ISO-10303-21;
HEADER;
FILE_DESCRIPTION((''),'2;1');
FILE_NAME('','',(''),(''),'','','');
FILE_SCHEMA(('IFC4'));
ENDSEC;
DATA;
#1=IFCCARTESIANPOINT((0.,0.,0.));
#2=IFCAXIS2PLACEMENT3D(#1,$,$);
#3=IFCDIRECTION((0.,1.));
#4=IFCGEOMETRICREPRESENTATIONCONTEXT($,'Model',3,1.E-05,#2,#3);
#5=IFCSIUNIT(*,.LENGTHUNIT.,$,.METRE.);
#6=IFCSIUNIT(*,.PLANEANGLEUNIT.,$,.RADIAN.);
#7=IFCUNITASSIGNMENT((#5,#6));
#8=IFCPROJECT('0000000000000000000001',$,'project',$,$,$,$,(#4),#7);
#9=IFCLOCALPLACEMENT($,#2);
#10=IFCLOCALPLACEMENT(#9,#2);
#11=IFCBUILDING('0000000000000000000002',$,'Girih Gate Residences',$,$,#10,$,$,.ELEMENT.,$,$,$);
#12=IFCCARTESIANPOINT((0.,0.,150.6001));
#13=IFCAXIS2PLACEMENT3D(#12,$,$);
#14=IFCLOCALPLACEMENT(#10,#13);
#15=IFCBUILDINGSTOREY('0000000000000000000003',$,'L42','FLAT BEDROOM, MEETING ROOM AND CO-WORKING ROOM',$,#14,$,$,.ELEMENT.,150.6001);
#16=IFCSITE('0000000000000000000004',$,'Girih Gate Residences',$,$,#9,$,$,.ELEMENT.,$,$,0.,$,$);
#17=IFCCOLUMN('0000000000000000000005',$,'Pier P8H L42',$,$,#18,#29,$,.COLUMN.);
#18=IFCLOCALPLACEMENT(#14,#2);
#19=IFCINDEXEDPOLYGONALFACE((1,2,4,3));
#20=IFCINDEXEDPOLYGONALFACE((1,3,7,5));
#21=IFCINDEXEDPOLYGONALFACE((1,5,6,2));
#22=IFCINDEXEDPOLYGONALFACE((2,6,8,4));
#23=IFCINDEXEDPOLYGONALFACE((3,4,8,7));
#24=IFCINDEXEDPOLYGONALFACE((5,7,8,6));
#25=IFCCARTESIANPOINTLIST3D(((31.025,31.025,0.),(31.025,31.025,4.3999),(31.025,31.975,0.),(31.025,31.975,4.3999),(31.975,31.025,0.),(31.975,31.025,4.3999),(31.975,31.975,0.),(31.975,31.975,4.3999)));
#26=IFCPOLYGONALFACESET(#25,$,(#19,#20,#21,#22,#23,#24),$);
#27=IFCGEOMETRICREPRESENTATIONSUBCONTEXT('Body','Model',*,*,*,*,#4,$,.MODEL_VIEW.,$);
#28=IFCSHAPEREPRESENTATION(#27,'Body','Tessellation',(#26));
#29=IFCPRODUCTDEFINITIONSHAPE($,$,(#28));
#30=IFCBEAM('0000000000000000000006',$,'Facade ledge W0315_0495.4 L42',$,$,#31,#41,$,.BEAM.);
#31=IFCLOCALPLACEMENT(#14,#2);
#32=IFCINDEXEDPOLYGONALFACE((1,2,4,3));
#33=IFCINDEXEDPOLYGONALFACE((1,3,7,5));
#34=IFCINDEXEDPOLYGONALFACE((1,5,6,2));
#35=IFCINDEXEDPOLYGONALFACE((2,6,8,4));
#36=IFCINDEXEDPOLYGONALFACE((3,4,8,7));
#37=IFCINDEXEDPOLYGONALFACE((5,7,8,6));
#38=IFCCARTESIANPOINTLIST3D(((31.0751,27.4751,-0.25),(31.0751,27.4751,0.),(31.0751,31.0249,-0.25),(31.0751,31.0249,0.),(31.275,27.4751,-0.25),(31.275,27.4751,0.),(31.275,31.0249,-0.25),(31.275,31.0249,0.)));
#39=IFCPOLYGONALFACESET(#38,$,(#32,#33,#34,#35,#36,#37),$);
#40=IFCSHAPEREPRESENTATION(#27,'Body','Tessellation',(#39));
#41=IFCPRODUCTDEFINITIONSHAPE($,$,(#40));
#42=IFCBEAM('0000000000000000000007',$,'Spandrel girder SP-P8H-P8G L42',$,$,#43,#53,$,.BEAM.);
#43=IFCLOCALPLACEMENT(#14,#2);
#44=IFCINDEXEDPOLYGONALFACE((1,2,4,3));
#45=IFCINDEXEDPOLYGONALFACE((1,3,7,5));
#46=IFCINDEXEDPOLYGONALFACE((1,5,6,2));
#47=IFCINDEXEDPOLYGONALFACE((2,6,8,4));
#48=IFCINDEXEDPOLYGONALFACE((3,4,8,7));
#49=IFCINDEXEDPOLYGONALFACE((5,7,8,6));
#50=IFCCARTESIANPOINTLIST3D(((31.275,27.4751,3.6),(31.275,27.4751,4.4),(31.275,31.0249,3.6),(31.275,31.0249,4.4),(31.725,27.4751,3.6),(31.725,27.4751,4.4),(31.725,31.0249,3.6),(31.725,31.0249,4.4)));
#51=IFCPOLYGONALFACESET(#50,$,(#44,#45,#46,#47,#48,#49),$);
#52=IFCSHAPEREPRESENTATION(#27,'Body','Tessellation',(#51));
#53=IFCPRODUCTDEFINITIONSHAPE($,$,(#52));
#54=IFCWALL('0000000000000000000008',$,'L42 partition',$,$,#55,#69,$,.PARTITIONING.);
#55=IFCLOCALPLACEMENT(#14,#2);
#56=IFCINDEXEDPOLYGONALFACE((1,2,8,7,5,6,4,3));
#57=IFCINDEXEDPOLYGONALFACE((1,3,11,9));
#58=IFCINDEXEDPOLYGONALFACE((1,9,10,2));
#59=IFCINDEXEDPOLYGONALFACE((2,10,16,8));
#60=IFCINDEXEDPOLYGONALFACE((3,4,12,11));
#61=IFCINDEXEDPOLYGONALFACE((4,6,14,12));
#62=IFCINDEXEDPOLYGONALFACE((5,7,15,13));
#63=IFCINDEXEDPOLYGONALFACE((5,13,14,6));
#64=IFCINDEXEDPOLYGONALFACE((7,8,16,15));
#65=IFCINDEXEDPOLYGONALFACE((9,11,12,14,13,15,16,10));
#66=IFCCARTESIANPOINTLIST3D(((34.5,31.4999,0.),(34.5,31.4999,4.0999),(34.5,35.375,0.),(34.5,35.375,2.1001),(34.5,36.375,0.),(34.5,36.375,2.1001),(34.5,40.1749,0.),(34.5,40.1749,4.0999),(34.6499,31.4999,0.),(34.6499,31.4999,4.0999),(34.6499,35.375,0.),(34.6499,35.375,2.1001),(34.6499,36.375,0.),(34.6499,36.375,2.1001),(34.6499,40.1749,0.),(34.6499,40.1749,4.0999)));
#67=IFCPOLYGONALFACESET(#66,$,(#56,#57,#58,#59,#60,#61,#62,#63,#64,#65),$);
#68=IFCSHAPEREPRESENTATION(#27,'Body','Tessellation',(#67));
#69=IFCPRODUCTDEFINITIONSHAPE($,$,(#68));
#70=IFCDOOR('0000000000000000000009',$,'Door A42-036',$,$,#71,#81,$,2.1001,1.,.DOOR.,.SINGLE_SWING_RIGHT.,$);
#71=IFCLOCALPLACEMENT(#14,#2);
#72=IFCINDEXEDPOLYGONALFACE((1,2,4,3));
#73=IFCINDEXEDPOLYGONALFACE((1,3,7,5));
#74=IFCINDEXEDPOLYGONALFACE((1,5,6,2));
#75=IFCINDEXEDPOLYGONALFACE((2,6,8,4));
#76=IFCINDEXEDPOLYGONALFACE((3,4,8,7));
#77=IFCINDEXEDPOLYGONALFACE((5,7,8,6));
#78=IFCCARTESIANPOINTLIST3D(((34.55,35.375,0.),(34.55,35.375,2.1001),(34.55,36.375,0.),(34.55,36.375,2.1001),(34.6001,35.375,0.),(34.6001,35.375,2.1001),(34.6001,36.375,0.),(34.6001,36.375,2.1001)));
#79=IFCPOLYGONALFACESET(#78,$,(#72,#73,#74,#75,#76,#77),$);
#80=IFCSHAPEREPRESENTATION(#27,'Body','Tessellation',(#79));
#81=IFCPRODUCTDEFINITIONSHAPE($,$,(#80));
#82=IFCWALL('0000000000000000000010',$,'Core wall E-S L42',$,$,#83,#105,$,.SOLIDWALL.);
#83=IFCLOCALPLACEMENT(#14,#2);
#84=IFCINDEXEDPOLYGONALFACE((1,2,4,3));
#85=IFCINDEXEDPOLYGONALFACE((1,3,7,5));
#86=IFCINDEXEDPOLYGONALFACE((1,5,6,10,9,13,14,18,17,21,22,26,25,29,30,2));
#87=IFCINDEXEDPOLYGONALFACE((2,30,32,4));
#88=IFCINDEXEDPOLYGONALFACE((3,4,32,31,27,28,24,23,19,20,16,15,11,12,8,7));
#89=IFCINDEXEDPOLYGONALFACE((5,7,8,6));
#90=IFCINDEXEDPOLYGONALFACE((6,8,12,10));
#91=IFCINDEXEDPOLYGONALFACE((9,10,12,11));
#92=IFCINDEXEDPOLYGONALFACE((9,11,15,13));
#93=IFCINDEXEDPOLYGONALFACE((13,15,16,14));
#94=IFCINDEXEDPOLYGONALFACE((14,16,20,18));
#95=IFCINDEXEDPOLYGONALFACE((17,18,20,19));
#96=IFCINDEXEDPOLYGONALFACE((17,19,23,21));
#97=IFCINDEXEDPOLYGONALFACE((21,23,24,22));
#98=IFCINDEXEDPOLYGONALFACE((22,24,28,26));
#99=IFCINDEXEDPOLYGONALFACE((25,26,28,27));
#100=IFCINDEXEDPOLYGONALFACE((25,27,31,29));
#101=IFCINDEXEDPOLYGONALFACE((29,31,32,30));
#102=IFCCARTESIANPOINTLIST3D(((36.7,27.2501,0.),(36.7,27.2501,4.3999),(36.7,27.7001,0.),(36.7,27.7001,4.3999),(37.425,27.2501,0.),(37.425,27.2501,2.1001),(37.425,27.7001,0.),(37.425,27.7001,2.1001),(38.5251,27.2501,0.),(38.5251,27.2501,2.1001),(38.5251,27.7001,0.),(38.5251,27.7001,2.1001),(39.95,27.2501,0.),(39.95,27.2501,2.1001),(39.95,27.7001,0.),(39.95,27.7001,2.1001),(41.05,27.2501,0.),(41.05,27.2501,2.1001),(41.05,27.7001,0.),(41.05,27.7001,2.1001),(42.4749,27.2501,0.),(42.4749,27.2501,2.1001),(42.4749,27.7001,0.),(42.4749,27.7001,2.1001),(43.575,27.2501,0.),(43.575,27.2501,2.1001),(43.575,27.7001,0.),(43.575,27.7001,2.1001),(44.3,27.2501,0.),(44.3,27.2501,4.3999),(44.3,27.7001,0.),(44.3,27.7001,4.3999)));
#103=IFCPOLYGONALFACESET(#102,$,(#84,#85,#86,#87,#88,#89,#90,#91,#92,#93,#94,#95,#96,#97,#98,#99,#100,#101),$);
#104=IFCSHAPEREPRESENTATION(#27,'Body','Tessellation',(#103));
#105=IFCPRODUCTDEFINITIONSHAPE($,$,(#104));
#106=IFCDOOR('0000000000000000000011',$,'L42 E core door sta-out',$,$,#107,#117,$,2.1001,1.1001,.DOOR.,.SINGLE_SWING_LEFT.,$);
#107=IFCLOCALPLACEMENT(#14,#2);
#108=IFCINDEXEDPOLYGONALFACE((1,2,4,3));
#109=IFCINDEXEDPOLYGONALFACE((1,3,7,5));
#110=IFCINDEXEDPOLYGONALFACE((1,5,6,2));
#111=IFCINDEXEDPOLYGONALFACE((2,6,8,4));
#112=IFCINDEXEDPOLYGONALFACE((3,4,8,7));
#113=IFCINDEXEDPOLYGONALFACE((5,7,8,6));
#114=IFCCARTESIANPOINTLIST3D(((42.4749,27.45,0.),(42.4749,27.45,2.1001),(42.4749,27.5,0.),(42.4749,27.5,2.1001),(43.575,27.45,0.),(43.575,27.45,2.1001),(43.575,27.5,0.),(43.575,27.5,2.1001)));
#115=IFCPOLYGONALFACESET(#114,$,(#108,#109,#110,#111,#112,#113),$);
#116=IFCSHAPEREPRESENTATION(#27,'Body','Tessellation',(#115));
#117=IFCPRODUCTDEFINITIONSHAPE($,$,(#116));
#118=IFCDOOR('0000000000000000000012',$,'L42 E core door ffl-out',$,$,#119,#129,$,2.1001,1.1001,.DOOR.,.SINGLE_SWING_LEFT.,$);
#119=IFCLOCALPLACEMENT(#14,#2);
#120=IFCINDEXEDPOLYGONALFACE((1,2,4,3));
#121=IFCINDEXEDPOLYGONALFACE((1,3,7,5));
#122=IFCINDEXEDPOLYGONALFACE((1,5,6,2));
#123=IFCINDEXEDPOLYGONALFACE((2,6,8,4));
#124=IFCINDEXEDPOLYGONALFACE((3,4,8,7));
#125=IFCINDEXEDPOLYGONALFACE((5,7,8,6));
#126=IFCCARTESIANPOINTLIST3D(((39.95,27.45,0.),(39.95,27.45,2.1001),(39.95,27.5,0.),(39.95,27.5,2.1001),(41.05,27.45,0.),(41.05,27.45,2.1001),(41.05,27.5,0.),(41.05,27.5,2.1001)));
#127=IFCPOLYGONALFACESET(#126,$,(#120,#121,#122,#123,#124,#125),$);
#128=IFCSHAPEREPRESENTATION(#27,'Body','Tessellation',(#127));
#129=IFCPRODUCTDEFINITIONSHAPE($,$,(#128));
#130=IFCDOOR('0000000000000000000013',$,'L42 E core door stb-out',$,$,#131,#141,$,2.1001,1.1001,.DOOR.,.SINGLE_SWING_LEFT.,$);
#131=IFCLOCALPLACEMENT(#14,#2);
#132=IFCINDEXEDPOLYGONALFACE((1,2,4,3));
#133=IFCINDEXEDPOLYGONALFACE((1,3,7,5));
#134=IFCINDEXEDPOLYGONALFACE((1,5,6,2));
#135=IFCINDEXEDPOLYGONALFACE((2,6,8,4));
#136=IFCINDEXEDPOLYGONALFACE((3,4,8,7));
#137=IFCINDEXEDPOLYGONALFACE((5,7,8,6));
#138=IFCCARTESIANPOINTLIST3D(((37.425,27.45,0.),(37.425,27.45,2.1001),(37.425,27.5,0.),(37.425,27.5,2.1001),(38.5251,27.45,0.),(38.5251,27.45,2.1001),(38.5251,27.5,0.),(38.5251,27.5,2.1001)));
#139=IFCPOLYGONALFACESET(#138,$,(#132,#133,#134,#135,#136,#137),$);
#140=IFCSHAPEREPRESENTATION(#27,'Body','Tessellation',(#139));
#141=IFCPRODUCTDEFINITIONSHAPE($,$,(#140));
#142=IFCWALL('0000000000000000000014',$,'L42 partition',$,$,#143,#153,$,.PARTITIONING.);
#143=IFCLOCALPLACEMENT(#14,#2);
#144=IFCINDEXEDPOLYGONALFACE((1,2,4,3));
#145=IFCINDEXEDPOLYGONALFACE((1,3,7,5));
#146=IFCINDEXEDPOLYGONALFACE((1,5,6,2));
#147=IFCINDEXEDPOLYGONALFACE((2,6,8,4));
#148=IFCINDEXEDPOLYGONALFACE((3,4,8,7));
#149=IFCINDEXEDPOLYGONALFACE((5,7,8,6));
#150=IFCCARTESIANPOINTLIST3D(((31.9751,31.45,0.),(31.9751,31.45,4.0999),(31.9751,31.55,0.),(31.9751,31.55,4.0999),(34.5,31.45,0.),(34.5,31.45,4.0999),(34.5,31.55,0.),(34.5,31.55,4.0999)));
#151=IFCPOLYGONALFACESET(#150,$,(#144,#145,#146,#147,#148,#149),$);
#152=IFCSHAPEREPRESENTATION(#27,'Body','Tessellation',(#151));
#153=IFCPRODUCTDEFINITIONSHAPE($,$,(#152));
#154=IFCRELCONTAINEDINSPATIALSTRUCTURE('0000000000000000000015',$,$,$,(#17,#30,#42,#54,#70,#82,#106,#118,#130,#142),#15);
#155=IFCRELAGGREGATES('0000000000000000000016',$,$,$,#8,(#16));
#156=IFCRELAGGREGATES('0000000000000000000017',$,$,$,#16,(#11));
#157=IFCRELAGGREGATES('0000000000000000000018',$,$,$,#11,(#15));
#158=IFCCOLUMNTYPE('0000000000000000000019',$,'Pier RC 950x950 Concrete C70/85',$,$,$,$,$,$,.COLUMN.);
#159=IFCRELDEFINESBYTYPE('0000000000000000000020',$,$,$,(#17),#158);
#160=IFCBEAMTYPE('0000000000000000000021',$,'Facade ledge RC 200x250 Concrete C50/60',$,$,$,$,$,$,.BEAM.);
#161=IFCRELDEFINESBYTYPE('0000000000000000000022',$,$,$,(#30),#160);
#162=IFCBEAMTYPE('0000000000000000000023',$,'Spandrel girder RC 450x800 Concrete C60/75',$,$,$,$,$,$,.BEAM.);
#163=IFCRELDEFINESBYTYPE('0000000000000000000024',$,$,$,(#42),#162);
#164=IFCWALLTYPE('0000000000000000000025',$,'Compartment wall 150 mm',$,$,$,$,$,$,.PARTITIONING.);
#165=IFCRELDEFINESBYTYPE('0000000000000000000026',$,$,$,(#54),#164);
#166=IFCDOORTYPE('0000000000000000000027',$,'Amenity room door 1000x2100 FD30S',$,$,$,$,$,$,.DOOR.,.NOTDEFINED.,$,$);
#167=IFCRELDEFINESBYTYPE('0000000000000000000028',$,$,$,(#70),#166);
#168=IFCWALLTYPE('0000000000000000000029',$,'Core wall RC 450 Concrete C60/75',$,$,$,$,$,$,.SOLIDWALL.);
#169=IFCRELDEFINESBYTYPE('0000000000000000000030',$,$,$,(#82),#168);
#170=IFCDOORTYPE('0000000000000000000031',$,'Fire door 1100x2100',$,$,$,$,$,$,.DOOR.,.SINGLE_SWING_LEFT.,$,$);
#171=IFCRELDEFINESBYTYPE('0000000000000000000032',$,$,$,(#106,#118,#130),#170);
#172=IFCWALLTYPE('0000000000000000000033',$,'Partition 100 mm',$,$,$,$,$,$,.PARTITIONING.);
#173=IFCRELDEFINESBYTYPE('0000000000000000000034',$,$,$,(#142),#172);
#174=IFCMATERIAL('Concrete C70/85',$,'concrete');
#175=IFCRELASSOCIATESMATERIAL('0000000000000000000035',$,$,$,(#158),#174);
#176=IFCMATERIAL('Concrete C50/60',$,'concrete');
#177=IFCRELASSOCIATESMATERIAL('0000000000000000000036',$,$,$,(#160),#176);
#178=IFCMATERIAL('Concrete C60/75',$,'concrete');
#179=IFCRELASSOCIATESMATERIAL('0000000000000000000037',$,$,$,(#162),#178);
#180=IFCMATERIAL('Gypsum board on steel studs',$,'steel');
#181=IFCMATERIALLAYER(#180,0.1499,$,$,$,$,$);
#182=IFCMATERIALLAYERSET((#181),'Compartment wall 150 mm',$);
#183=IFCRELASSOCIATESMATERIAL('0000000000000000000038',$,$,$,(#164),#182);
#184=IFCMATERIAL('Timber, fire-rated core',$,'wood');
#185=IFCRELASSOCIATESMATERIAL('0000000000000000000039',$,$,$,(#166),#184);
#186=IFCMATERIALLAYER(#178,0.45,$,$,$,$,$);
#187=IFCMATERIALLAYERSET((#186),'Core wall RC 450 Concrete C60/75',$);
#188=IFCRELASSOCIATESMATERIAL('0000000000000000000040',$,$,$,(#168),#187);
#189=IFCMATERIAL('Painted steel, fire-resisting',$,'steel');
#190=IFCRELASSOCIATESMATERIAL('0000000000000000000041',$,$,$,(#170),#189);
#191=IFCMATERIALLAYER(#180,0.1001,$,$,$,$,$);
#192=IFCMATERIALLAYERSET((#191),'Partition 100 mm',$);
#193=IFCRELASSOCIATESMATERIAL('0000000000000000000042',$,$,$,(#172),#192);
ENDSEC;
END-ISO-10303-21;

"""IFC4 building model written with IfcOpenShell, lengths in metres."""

from ifc_helpers import new_model, si_unit, direction, frame, frame_2d, origin, origin_2d, place, context, subcontext, project, spatial, rectangle, extrude, material, layer, layer_set, material_profile, profile_set, type_object, element, fill, save


model = new_model("IFC4")

# Units and contexts
model_context = context("Model", 3, precision=1e-05, world=origin(), true_north=direction((0.0, 1.0)))
body_context = subcontext(model_context, "Body", "Model", "MODEL_VIEW")
ifc_project = project(units=[si_unit("LENGTHUNIT", "METRE"), si_unit("PLANEANGLEUNIT", "RADIAN")], contexts=[model_context])

# Site, building, storey
site_placement = place(None, origin())
site = spatial("IfcSite", under=ifc_project, at=site_placement, Name="Girih Gate Residences", CompositionType="ELEMENT", RefElevation=0.0)
building_placement = place(site_placement, origin())
building = spatial("IfcBuilding", under=site, at=building_placement, Name="Girih Gate Residences", CompositionType="ELEMENT")
storey_placement = place(building_placement, frame((0.0, 0.0, 150.6001)))
storey = spatial("IfcBuildingStorey", under=building, at=storey_placement, Name="L42", Description="FLAT BEDROOM, MEETING ROOM AND CO-WORKING ROOM", CompositionType="ELEMENT", Elevation=150.6001)

# Column
ifc_material_1 = material(Name="Concrete C70/85", Category="concrete")
ifc_material_profile_1 = material_profile(ifc_material_1, rectangle(XDim=0.95, YDim=0.95, at=origin_2d()))
ifc_profile_set_1 = profile_set([ifc_material_profile_1], Name="Concrete C70/85")
column_type = type_object("IfcColumnType", Name="Pier RC 950x950 Concrete C70/85", PredefinedType="COLUMN", material=ifc_profile_set_1)
column_placement = place(storey_placement, frame((31.5, 31.5, 0.0), z_axis=(0.0, 0.0, 1.0), x_axis=(1.0, 0.0, 0.0)))
element("IfcColumn", 1, at=column_placement, inside=storey, type_object=column_type, Name="Pier P8H L42", PredefinedType="COLUMN", context=body_context, shape_type="SweptSolid", body=[
    extrude(rectangle(XDim=0.95, YDim=0.95, at=origin_2d()), origin(), (0.0, 0.0, 1.0), 4.3999),
])

# Beams
ifc_material_2 = material(Name="Concrete C50/60", Category="concrete")
ifc_material_profile_2 = material_profile(ifc_material_2, rectangle(XDim=0.2, YDim=0.25, at=origin_2d()))
ifc_profile_set_2 = profile_set([ifc_material_profile_2], Name="Concrete C50/60")
beam_type_1 = type_object("IfcBeamType", Name="Facade ledge RC 200x250 Concrete C50/60", PredefinedType="BEAM", material=ifc_profile_set_2)
beam_1_placement = place(storey_placement, frame((31.175, 31.0249, -0.125), z_axis=(0.0, -1.0, 0.0), x_axis=(1.0, 0.0, 0.0)))
element("IfcBeam", 2, at=beam_1_placement, inside=storey, type_object=beam_type_1, Name="Facade ledge W0315_0495.4 L42", PredefinedType="BEAM", context=body_context, shape_type="SweptSolid", body=[
    extrude(rectangle(XDim=0.2, YDim=0.25, at=origin_2d()), origin(), (0.0, 0.0, 1.0), 3.5498),
])
ifc_material_3 = material(Name="Concrete C60/75", Category="concrete")
ifc_material_profile_3 = material_profile(ifc_material_3, rectangle(XDim=0.45, YDim=0.8, at=origin_2d()))
ifc_profile_set_3 = profile_set([ifc_material_profile_3], Name="Concrete C60/75")
beam_type_2 = type_object("IfcBeamType", Name="Spandrel girder RC 450x800 Concrete C60/75", PredefinedType="BEAM", material=ifc_profile_set_3)
beam_2_placement = place(storey_placement, frame((31.5, 31.0249, 4.0), z_axis=(0.0, -1.0, 0.0), x_axis=(1.0, 0.0, 0.0)))
element("IfcBeam", 3, at=beam_2_placement, inside=storey, type_object=beam_type_2, Name="Spandrel girder SP-P8H-P8G L42", PredefinedType="BEAM", context=body_context, shape_type="SweptSolid", body=[
    extrude(rectangle(XDim=0.45, YDim=0.8, at=origin_2d()), origin(), (0.0, 0.0, 1.0), 3.5498),
])

# Wall, opening, door
ifc_material_4 = material(Name="Gypsum board on steel studs", Category="steel")
ifc_layer_1 = layer(ifc_material_4, 0.1499)
ifc_layer_set_1 = layer_set([ifc_layer_1], Name="Compartment wall 150 mm")
wall_type_1 = type_object("IfcWallType", Name="Compartment wall 150 mm", PredefinedType="PARTITIONING", material=ifc_layer_set_1)
wall_1_placement = place(storey_placement, frame((34.575, 31.5, 0.0), z_axis=(0.0, 0.0, 1.0), x_axis=(0.0, 1.0, 0.0)))
wall_1 = element("IfcWall", 4, at=wall_1_placement, inside=storey, type_object=wall_type_1, Name="L42 partition", PredefinedType="PARTITIONING", context=body_context, shape_type="SweptSolid", body=[
    extrude(rectangle(XDim=8.675, YDim=0.1499, at=frame_2d((4.3374, 0.0))), origin(), (0.0, 0.0, 1.0), 4.0999),
])
opening_1_placement = place(wall_1_placement, frame((3.875, 0.0, 0.0)))
opening_1 = element("IfcOpeningElement", 5, at=opening_1_placement, cuts=wall_1, PredefinedType="OPENING", context=body_context, shape_type="SweptSolid", body=[
    extrude(rectangle(XDim=1.0, YDim=2.1001, at=frame_2d((0.5, 1.05))), frame((0.0, 0.085, 0.0), z_axis=(0.0, -1.0, 0.0), x_axis=(1.0, 0.0, 0.0)), (0.0, 0.0, 1.0), 0.1699),
])
ifc_material_5 = material(Name="Timber, fire-rated core", Category="wood")
door_type_1 = type_object("IfcDoorType", Name="Amenity room door 1000x2100 FD30S", OperationType="NOTDEFINED", PredefinedType="DOOR", material=ifc_material_5)
door_1_placement = place(opening_1_placement, origin())
door_1 = element("IfcDoor", 6, at=door_1_placement, inside=storey, type_object=door_type_1, Name="Door A42-036", OperationType="SINGLE_SWING_RIGHT", OverallHeight=2.1001, OverallWidth=1.0, PredefinedType="DOOR", context=body_context, shape_type="SweptSolid", body=[
    extrude(rectangle(XDim=1.0, YDim=2.1001, at=frame_2d((0.5, 1.05))), frame((0.0, 0.0249, 0.0), z_axis=(0.0, -1.0, 0.0), x_axis=(1.0, 0.0, 0.0)), (0.0, 0.0, 1.0), 0.05),
])
fill(opening_1, door_1)

# Wall, openings, doors
ifc_layer_2 = layer(ifc_material_3, 0.45)
ifc_layer_set_2 = layer_set([ifc_layer_2], Name="Core wall RC 450 Concrete C60/75")
wall_type_2 = type_object("IfcWallType", Name="Core wall RC 450 Concrete C60/75", PredefinedType="SOLIDWALL", material=ifc_layer_set_2)
wall_2_placement = place(storey_placement, frame((36.7, 27.4751, 0.0), z_axis=(0.0, 0.0, 1.0), x_axis=(1.0, 0.0, 0.0)))
wall_2 = element("IfcWall", 7, at=wall_2_placement, inside=storey, type_object=wall_type_2, Name="Core wall E-S L42", PredefinedType="SOLIDWALL", context=body_context, shape_type="SweptSolid", body=[
    extrude(rectangle(XDim=7.6001, YDim=0.45, at=frame_2d((3.8, 0.0))), origin(), (0.0, 0.0, 1.0), 4.3999),
])
opening_2_placement = place(wall_2_placement, frame((5.7749, 0.0, 0.0)))
opening_2 = element("IfcOpeningElement", 8, at=opening_2_placement, cuts=wall_2, PredefinedType="OPENING", context=body_context, shape_type="SweptSolid", body=[
    extrude(rectangle(XDim=1.1001, YDim=2.1001, at=frame_2d((0.55, 1.05))), frame((0.0, 0.2349, 0.0), z_axis=(0.0, -1.0, 0.0), x_axis=(1.0, 0.0, 0.0)), (0.0, 0.0, 1.0), 0.47),
])
opening_3_placement = place(wall_2_placement, frame((3.25, 0.0, 0.0)))
opening_3 = element("IfcOpeningElement", 9, at=opening_3_placement, cuts=wall_2, PredefinedType="OPENING", context=body_context, shape_type="SweptSolid", body=[
    extrude(rectangle(XDim=1.1001, YDim=2.1001, at=frame_2d((0.55, 1.05))), frame((0.0, 0.2349, 0.0), z_axis=(0.0, -1.0, 0.0), x_axis=(1.0, 0.0, 0.0)), (0.0, 0.0, 1.0), 0.47),
])
opening_4_placement = place(wall_2_placement, frame((0.7251, 0.0, 0.0)))
opening_4 = element("IfcOpeningElement", 10, at=opening_4_placement, cuts=wall_2, PredefinedType="OPENING", context=body_context, shape_type="SweptSolid", body=[
    extrude(rectangle(XDim=1.1001, YDim=2.1001, at=frame_2d((0.55, 1.05))), frame((0.0, 0.2349, 0.0), z_axis=(0.0, -1.0, 0.0), x_axis=(1.0, 0.0, 0.0)), (0.0, 0.0, 1.0), 0.47),
])
ifc_material_6 = material(Name="Painted steel, fire-resisting", Category="steel")
door_type_2 = type_object("IfcDoorType", Name="Fire door 1100x2100", OperationType="SINGLE_SWING_LEFT", PredefinedType="DOOR", material=ifc_material_6)
door_2_placement = place(opening_2_placement, origin())
door_2 = element("IfcDoor", 11, at=door_2_placement, inside=storey, type_object=door_type_2, Name="L42 E core door sta-out", OperationType="SINGLE_SWING_LEFT", OverallHeight=2.1001, OverallWidth=1.1001, PredefinedType="DOOR", context=body_context, shape_type="SweptSolid", body=[
    extrude(rectangle(XDim=1.1001, YDim=2.1001, at=frame_2d((0.55, 1.05))), frame((0.0, 0.0249, 0.0), z_axis=(0.0, -1.0, 0.0), x_axis=(1.0, 0.0, 0.0)), (0.0, 0.0, 1.0), 0.05),
])
fill(opening_2, door_2)
door_3_placement = place(opening_3_placement, origin())
door_3 = element("IfcDoor", 12, at=door_3_placement, inside=storey, type_object=door_type_2, Name="L42 E core door ffl-out", OperationType="SINGLE_SWING_LEFT", OverallHeight=2.1001, OverallWidth=1.1001, PredefinedType="DOOR", context=body_context, shape_type="SweptSolid", body=[
    extrude(rectangle(XDim=1.1001, YDim=2.1001, at=frame_2d((0.55, 1.05))), frame((0.0, 0.0249, 0.0), z_axis=(0.0, -1.0, 0.0), x_axis=(1.0, 0.0, 0.0)), (0.0, 0.0, 1.0), 0.05),
])
fill(opening_3, door_3)
door_4_placement = place(opening_4_placement, origin())
door_4 = element("IfcDoor", 13, at=door_4_placement, inside=storey, type_object=door_type_2, Name="L42 E core door stb-out", OperationType="SINGLE_SWING_LEFT", OverallHeight=2.1001, OverallWidth=1.1001, PredefinedType="DOOR", context=body_context, shape_type="SweptSolid", body=[
    extrude(rectangle(XDim=1.1001, YDim=2.1001, at=frame_2d((0.55, 1.05))), frame((0.0, 0.0249, 0.0), z_axis=(0.0, -1.0, 0.0), x_axis=(1.0, 0.0, 0.0)), (0.0, 0.0, 1.0), 0.05),
])
fill(opening_4, door_4)

# Wall
ifc_layer_3 = layer(ifc_material_4, 0.1001)
ifc_layer_set_3 = layer_set([ifc_layer_3], Name="Partition 100 mm")
wall_type_3 = type_object("IfcWallType", Name="Partition 100 mm", PredefinedType="PARTITIONING", material=ifc_layer_set_3)
wall_3_placement = place(storey_placement, frame((31.9751, 31.5, 0.0), z_axis=(0.0, 0.0, 1.0), x_axis=(1.0, 0.0, 0.0)))
element("IfcWall", 14, at=wall_3_placement, inside=storey, type_object=wall_type_3, Name="L42 partition", PredefinedType="PARTITIONING", context=body_context, shape_type="SweptSolid", body=[
    extrude(rectangle(XDim=2.5249, YDim=0.1001, at=frame_2d((1.2625, 0.0))), origin(), (0.0, 0.0, 1.0), 4.0999),
])

save(model, "model.ifc")
